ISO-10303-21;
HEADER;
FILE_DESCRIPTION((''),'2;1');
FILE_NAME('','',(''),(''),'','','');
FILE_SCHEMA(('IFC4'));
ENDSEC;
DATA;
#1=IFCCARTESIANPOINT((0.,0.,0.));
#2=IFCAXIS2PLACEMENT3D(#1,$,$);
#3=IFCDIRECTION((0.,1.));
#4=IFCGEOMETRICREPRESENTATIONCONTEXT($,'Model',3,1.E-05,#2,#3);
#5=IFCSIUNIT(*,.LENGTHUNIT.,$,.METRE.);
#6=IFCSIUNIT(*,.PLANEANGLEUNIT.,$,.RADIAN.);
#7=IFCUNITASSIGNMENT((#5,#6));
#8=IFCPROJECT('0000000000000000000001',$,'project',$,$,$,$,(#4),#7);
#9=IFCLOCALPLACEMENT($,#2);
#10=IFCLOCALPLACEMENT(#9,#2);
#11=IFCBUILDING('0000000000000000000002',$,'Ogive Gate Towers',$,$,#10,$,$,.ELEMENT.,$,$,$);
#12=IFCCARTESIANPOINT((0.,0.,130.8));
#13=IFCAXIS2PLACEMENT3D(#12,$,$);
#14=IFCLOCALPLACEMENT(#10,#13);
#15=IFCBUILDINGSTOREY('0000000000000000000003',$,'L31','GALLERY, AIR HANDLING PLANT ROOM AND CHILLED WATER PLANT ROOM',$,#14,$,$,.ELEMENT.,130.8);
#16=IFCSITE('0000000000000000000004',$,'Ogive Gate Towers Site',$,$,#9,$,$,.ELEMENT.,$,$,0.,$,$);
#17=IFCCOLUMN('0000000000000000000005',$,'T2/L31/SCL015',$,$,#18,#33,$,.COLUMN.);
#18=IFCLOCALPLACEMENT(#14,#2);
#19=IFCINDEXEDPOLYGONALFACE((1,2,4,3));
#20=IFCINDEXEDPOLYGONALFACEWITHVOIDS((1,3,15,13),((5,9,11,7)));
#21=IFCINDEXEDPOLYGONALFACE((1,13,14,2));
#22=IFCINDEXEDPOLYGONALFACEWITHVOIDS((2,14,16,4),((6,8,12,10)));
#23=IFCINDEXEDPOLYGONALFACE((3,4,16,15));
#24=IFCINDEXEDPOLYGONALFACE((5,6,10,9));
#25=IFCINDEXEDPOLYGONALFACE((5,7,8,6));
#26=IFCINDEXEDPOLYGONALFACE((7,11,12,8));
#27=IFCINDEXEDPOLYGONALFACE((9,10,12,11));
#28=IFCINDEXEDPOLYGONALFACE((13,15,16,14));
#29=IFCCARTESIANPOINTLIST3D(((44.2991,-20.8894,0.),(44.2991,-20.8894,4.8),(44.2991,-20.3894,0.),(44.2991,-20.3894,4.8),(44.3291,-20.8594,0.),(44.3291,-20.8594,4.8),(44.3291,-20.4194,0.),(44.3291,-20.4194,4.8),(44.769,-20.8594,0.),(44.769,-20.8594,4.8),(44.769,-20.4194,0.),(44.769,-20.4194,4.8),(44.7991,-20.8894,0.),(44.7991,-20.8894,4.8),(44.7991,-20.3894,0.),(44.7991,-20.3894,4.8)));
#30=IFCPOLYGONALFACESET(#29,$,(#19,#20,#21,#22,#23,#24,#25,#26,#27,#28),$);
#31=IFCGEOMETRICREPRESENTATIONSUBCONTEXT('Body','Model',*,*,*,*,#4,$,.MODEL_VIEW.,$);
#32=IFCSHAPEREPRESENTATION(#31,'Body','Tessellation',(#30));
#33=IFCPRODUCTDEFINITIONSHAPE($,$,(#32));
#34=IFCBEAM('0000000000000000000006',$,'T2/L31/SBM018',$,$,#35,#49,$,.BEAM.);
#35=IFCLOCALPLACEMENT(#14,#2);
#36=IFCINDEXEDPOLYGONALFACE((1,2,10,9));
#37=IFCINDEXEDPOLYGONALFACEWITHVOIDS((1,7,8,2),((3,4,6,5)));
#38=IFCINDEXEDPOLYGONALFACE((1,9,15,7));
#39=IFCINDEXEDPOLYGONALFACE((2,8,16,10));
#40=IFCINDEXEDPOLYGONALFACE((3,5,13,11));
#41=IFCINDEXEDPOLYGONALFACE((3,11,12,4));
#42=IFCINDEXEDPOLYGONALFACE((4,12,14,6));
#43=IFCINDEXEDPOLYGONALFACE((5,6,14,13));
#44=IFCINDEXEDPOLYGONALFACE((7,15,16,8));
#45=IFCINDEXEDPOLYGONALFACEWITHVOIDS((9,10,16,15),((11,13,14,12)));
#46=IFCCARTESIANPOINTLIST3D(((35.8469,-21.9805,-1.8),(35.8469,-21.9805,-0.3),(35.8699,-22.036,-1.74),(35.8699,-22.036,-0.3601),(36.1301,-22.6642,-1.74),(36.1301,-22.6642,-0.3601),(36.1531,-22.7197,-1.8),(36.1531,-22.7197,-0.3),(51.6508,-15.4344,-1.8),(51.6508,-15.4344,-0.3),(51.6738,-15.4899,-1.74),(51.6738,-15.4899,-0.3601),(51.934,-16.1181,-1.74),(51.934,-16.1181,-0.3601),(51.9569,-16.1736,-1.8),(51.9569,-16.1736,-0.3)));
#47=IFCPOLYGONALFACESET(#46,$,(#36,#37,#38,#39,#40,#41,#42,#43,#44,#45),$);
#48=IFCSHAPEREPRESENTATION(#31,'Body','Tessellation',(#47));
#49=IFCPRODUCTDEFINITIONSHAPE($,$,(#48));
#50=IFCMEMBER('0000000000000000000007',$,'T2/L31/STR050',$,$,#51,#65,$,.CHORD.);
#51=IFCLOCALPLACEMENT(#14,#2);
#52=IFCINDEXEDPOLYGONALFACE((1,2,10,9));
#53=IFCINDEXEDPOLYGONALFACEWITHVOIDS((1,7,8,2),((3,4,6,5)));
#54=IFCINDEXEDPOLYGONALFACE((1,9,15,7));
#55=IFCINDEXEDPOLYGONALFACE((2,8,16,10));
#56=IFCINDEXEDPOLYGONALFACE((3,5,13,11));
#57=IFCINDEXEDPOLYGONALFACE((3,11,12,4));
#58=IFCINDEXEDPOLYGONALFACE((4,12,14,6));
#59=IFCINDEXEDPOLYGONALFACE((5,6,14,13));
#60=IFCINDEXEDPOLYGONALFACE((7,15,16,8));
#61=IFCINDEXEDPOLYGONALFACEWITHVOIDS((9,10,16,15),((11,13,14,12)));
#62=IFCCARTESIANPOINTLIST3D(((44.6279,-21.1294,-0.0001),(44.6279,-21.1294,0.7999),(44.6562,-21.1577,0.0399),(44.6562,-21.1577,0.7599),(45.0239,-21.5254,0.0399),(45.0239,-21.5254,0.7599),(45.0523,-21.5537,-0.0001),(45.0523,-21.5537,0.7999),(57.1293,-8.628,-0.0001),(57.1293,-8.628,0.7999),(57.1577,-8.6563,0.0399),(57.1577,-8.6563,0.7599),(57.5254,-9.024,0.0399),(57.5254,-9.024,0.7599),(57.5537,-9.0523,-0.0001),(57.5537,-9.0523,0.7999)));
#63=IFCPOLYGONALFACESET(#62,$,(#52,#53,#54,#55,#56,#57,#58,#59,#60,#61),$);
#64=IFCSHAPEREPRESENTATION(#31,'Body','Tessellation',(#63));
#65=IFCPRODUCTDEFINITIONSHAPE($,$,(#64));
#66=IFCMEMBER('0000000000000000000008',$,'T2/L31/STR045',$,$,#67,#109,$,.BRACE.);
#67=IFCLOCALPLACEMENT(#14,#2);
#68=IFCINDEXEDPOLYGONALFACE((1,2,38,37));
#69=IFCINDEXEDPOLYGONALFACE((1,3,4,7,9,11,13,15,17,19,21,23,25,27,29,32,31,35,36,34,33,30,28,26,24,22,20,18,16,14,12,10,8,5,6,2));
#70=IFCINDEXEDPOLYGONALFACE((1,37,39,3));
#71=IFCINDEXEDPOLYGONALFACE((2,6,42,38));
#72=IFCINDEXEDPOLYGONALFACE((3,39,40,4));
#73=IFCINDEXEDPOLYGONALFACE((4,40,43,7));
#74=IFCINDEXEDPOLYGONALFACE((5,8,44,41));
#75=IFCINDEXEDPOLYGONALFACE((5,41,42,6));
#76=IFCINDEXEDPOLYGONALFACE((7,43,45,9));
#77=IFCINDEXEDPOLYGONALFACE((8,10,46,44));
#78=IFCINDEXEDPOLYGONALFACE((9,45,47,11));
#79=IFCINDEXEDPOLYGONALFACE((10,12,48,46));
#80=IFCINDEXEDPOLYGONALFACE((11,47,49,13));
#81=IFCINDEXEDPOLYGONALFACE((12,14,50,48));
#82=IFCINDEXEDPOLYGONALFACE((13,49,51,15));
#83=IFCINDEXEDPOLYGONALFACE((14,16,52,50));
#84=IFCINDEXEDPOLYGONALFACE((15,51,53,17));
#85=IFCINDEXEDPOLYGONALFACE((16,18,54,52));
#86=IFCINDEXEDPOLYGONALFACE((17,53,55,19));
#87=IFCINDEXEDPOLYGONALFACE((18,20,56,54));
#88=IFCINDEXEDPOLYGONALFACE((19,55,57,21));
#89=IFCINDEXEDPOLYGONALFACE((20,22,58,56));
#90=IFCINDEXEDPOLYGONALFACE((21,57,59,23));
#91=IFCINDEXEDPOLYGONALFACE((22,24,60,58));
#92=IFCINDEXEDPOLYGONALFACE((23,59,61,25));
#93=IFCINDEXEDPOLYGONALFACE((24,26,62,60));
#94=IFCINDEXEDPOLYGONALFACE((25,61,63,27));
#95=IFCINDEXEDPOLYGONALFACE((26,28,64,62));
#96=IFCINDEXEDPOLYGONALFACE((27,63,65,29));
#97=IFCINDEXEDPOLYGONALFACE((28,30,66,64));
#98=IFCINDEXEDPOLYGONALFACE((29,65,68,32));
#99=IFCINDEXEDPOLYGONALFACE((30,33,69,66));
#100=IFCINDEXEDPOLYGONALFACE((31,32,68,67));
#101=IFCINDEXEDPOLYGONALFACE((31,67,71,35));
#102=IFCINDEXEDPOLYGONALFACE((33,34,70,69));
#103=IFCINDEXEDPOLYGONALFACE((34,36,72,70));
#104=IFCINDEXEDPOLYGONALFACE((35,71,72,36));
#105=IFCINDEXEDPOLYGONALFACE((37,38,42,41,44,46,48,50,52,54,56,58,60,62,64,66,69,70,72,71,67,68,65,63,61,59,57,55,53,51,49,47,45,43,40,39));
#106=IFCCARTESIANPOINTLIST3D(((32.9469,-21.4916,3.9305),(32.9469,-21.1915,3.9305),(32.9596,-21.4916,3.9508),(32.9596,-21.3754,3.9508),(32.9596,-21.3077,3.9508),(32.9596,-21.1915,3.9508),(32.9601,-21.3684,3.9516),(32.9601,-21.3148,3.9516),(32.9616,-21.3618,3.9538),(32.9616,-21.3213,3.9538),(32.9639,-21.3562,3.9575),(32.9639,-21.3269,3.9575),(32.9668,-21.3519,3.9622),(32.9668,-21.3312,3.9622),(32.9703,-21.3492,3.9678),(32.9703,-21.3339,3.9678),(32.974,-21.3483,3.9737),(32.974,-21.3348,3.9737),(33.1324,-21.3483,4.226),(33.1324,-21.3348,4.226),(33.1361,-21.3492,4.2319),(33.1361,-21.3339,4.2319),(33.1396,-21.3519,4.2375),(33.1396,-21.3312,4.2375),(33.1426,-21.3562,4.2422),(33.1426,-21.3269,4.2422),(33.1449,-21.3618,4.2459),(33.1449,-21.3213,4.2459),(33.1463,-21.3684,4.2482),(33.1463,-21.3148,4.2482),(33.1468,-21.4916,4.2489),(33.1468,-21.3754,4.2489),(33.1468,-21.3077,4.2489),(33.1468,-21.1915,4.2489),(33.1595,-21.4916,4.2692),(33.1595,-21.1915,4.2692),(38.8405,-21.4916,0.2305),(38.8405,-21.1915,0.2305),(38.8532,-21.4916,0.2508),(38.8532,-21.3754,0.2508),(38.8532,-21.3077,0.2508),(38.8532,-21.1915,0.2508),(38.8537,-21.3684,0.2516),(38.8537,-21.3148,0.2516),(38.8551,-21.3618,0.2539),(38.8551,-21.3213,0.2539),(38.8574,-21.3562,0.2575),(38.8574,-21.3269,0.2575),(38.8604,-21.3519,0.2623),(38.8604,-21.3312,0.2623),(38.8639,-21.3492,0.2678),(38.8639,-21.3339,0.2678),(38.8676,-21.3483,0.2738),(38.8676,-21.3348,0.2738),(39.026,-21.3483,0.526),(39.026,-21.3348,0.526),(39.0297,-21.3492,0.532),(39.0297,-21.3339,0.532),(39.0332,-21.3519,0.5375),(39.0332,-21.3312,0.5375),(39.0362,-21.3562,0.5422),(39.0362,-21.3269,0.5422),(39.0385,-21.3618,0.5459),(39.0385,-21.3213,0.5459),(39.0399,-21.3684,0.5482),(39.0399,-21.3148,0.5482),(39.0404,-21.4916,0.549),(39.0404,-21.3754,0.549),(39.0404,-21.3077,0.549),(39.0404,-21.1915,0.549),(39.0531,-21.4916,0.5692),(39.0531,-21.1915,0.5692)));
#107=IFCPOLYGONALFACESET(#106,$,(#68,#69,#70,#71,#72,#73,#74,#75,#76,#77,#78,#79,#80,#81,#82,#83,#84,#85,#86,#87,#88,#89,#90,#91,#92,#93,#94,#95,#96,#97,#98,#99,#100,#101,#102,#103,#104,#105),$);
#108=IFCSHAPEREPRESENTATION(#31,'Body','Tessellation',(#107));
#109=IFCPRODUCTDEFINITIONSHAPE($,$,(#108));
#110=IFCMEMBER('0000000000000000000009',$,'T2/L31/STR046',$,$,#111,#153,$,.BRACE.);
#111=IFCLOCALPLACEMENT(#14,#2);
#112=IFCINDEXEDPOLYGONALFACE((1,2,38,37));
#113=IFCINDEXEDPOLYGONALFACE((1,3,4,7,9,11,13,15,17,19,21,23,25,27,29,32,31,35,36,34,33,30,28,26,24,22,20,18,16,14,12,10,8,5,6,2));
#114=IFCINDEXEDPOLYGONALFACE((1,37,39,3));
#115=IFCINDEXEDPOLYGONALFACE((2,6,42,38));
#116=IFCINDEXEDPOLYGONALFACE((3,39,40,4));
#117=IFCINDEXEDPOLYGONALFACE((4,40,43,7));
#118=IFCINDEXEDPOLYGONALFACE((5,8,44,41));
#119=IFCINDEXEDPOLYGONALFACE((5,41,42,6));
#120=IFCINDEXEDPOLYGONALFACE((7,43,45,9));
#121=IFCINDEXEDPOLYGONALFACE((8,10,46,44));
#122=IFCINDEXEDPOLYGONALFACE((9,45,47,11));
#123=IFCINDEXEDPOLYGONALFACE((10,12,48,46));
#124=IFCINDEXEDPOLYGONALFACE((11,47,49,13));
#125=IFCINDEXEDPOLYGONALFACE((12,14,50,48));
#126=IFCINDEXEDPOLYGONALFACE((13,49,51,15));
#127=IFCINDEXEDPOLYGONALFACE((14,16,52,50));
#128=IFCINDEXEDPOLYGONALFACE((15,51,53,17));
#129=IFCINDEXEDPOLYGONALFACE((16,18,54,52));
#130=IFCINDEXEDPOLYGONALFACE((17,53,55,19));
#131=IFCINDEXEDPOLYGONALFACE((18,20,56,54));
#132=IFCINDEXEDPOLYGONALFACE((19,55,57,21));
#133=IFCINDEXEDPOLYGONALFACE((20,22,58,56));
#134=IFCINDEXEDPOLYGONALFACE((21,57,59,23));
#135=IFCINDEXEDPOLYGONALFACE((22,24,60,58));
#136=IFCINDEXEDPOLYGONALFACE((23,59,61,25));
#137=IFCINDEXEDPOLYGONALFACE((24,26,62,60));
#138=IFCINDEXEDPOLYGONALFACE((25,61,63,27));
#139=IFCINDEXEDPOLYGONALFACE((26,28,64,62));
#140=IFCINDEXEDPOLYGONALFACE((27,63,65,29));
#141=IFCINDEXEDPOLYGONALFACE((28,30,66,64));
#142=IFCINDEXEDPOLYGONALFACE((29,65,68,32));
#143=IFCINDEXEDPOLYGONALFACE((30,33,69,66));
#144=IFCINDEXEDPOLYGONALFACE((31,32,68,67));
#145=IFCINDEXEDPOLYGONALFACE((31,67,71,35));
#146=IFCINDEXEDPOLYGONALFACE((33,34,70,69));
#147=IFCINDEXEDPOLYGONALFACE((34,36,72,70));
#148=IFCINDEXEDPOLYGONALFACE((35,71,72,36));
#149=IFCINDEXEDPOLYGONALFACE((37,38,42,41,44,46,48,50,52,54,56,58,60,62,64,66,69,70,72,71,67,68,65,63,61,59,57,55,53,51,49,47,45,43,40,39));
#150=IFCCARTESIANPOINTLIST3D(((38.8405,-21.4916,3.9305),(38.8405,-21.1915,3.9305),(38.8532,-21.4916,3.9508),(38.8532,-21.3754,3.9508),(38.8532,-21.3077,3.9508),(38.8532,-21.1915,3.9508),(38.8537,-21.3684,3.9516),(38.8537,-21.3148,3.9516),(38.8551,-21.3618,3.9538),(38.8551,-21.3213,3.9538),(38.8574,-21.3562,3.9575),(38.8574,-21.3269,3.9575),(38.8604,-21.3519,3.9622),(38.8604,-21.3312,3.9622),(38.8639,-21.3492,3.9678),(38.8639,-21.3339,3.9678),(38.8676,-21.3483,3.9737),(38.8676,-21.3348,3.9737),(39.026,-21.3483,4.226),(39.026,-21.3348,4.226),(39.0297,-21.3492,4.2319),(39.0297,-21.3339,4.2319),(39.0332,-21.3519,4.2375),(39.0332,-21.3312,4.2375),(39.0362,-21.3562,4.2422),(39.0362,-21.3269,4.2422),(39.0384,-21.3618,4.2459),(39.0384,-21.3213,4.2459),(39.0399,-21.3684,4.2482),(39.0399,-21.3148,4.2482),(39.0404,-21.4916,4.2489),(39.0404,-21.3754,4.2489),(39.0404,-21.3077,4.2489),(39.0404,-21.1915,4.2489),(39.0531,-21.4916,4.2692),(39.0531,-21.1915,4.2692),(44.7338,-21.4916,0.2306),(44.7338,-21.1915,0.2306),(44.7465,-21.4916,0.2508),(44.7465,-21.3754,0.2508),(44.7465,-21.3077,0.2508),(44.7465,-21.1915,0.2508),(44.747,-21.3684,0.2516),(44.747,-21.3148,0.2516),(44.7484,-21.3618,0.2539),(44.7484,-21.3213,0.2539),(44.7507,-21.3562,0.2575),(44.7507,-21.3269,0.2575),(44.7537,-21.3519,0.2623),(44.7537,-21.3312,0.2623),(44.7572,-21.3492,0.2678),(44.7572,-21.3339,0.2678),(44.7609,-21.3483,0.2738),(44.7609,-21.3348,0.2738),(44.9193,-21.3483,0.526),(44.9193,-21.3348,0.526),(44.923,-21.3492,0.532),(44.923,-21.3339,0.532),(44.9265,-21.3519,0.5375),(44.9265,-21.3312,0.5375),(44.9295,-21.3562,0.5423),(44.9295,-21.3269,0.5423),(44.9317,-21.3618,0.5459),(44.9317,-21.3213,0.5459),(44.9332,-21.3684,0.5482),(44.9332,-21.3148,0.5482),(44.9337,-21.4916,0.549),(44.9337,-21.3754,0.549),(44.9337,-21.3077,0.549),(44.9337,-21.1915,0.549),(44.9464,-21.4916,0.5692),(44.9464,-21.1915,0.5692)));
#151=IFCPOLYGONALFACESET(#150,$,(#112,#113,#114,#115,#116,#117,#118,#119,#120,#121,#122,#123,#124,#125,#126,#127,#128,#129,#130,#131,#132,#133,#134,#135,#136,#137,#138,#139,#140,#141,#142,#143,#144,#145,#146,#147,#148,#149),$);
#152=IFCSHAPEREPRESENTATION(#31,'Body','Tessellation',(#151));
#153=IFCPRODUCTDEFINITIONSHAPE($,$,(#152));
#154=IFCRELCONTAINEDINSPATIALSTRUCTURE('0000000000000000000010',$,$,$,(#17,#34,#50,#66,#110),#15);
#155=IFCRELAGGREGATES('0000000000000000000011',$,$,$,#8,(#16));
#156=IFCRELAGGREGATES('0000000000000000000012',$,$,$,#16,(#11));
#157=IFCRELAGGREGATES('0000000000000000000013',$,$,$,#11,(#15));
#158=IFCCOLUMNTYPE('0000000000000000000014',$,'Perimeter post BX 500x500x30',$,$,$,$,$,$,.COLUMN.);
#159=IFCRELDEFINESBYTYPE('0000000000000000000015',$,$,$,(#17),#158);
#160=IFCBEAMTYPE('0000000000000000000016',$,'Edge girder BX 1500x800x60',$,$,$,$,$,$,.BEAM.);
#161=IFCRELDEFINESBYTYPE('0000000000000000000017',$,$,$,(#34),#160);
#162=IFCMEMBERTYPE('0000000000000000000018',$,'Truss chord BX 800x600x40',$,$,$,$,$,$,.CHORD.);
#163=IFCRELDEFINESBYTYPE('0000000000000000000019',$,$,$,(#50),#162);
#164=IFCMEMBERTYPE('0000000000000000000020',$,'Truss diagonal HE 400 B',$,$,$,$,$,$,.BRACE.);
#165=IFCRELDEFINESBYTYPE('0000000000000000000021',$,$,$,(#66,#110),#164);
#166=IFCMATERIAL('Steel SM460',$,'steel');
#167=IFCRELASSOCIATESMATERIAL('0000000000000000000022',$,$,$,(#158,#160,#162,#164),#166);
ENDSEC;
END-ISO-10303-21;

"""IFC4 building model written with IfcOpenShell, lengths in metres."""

from ifc_helpers import new_model, si_unit, direction, frame, origin, origin_2d, place, context, subcontext, project, spatial, hollow_rectangle, i_section, extrude, material, material_profile, profile_set, type_object, element, save


model = new_model("IFC4")

# Units and contexts
model_context = context("Model", 3, precision=1e-05, world=origin(), true_north=direction((0.0, 1.0)))
body_context = subcontext(model_context, "Body", "Model", "MODEL_VIEW")
ifc_project = project(units=[si_unit("LENGTHUNIT", "METRE"), si_unit("PLANEANGLEUNIT", "RADIAN")], contexts=[model_context])

# Site, building, storey
site_placement = place(None, origin())
site = spatial("IfcSite", under=ifc_project, at=site_placement, Name="Ogive Gate Towers Site", CompositionType="ELEMENT", RefElevation=0.0)
building_placement = place(site_placement, origin())
building = spatial("IfcBuilding", under=site, at=building_placement, Name="Ogive Gate Towers", CompositionType="ELEMENT")
storey_placement = place(building_placement, frame((0.0, 0.0, 130.8)))
storey = spatial("IfcBuildingStorey", under=building, at=storey_placement, Name="L31", Description="GALLERY, AIR HANDLING PLANT ROOM AND CHILLED WATER PLANT ROOM", CompositionType="ELEMENT", Elevation=130.8)

# Column
ifc_material_1 = material(Name="Steel SM460", Category="steel")
ifc_material_profile_1 = material_profile(ifc_material_1, hollow_rectangle(XDim=0.5, YDim=0.5, WallThickness=0.03, at=origin_2d()), Name="BX 500x500x30")
ifc_profile_set_1 = profile_set([ifc_material_profile_1], Name="Steel SM460")
column_type = type_object("IfcColumnType", Name="Perimeter post BX 500x500x30", PredefinedType="COLUMN", material=ifc_profile_set_1)
column_placement = place(storey_placement, frame((44.5491, -20.6394, 0.0), z_axis=(0.0, 0.0, 1.0), x_axis=(1.0, 0.0, 0.0)))
element("IfcColumn", 1, at=column_placement, inside=storey, type_object=column_type, Name="T2/L31/SCL015", PredefinedType="COLUMN", context=body_context, shape_type="SweptSolid", body=[
    extrude(hollow_rectangle(XDim=0.5, YDim=0.5, WallThickness=0.03, at=origin_2d()), origin(), (0.0, 0.0, 1.0), 4.8),
])

# Beam
ifc_material_profile_2 = material_profile(ifc_material_1, hollow_rectangle(XDim=0.8, YDim=1.5, WallThickness=0.0601, at=origin_2d()), Name="BX 1500x800x60")
ifc_profile_set_2 = profile_set([ifc_material_profile_2], Name="Steel SM460")
beam_type = type_object("IfcBeamType", Name="Edge girder BX 1500x800x60", PredefinedType="BEAM", material=ifc_profile_set_2)
beam_placement = place(storey_placement, frame((36.0, -22.3501, -1.05), z_axis=(0.923881, 0.38268, 0.0), x_axis=(-0.38268, 0.923881, 0.0)))
element("IfcBeam", 2, at=beam_placement, inside=storey, type_object=beam_type, Name="T2/L31/SBM018", PredefinedType="BEAM", context=body_context, shape_type="SweptSolid", body=[
    extrude(hollow_rectangle(XDim=0.8, YDim=1.5, WallThickness=0.0601, at=origin_2d()), origin(), (0.0, 0.0, 1.0), 17.106),
])

# Members
ifc_material_profile_3 = material_profile(ifc_material_1, hollow_rectangle(XDim=0.6001, YDim=0.8, WallThickness=0.04, at=origin_2d()), Name="BX 800x600x40")
ifc_profile_set_3 = profile_set([ifc_material_profile_3], Name="Steel SM460")
member_type_1 = type_object("IfcMemberType", Name="Truss chord BX 800x600x40", PredefinedType="CHORD", material=ifc_profile_set_3)
member_1_placement = place(storey_placement, frame((44.8401, -21.3416, 0.3999), z_axis=(0.707107, 0.707107, 0.0), x_axis=(-0.707107, 0.707107, 0.0)))
element("IfcMember", 3, at=member_1_placement, inside=storey, type_object=member_type_1, Name="T2/L31/STR050", PredefinedType="CHORD", context=body_context, shape_type="SweptSolid", body=[
    extrude(hollow_rectangle(XDim=0.6001, YDim=0.8, WallThickness=0.04, at=origin_2d()), origin(), (0.0, 0.0, 1.0), 17.6797),
])
ifc_material_profile_4 = material_profile(ifc_material_1, i_section(OverallWidth=0.3, OverallDepth=0.3999, WebThickness=0.0134, FlangeThickness=0.0239, FilletRadius=0.0271, at=origin_2d()), Name="HE 400 B")
ifc_profile_set_4 = profile_set([ifc_material_profile_4], Name="Steel SM460")
member_type_2 = type_object("IfcMemberType", Name="Truss diagonal HE 400 B", PredefinedType="BRACE", material=ifc_profile_set_4)
member_2_placement = place(storey_placement, frame((33.0532, -21.3416, 4.0999), z_axis=(0.846932, 0.0, -0.531701), x_axis=(0.0, 1.0, 0.0)))
element("IfcMember", 4, at=member_2_placement, inside=storey, type_object=member_type_2, Name="T2/L31/STR045", PredefinedType="BRACE", context=body_context, shape_type="SweptSolid", body=[
    extrude(i_section(OverallWidth=0.3, OverallDepth=0.3999, WebThickness=0.0134, FlangeThickness=0.0239, FilletRadius=0.0271, at=origin_2d()), origin(), (0.0, 0.0, 1.0), 6.9587),
])
member_3_placement = place(storey_placement, frame((38.9468, -21.3416, 4.0999), z_axis=(0.846922, 0.0, -0.531717), x_axis=(0.0, 1.0, 0.0)))
element("IfcMember", 5, at=member_3_placement, inside=storey, type_object=member_type_2, Name="T2/L31/STR046", PredefinedType="BRACE", context=body_context, shape_type="SweptSolid", body=[
    extrude(i_section(OverallWidth=0.3, OverallDepth=0.3999, WebThickness=0.0134, FlangeThickness=0.0239, FilletRadius=0.0271, at=origin_2d()), origin(), (0.0, 0.0, 1.0), 6.9585),
])

save(model, "model.ifc")
